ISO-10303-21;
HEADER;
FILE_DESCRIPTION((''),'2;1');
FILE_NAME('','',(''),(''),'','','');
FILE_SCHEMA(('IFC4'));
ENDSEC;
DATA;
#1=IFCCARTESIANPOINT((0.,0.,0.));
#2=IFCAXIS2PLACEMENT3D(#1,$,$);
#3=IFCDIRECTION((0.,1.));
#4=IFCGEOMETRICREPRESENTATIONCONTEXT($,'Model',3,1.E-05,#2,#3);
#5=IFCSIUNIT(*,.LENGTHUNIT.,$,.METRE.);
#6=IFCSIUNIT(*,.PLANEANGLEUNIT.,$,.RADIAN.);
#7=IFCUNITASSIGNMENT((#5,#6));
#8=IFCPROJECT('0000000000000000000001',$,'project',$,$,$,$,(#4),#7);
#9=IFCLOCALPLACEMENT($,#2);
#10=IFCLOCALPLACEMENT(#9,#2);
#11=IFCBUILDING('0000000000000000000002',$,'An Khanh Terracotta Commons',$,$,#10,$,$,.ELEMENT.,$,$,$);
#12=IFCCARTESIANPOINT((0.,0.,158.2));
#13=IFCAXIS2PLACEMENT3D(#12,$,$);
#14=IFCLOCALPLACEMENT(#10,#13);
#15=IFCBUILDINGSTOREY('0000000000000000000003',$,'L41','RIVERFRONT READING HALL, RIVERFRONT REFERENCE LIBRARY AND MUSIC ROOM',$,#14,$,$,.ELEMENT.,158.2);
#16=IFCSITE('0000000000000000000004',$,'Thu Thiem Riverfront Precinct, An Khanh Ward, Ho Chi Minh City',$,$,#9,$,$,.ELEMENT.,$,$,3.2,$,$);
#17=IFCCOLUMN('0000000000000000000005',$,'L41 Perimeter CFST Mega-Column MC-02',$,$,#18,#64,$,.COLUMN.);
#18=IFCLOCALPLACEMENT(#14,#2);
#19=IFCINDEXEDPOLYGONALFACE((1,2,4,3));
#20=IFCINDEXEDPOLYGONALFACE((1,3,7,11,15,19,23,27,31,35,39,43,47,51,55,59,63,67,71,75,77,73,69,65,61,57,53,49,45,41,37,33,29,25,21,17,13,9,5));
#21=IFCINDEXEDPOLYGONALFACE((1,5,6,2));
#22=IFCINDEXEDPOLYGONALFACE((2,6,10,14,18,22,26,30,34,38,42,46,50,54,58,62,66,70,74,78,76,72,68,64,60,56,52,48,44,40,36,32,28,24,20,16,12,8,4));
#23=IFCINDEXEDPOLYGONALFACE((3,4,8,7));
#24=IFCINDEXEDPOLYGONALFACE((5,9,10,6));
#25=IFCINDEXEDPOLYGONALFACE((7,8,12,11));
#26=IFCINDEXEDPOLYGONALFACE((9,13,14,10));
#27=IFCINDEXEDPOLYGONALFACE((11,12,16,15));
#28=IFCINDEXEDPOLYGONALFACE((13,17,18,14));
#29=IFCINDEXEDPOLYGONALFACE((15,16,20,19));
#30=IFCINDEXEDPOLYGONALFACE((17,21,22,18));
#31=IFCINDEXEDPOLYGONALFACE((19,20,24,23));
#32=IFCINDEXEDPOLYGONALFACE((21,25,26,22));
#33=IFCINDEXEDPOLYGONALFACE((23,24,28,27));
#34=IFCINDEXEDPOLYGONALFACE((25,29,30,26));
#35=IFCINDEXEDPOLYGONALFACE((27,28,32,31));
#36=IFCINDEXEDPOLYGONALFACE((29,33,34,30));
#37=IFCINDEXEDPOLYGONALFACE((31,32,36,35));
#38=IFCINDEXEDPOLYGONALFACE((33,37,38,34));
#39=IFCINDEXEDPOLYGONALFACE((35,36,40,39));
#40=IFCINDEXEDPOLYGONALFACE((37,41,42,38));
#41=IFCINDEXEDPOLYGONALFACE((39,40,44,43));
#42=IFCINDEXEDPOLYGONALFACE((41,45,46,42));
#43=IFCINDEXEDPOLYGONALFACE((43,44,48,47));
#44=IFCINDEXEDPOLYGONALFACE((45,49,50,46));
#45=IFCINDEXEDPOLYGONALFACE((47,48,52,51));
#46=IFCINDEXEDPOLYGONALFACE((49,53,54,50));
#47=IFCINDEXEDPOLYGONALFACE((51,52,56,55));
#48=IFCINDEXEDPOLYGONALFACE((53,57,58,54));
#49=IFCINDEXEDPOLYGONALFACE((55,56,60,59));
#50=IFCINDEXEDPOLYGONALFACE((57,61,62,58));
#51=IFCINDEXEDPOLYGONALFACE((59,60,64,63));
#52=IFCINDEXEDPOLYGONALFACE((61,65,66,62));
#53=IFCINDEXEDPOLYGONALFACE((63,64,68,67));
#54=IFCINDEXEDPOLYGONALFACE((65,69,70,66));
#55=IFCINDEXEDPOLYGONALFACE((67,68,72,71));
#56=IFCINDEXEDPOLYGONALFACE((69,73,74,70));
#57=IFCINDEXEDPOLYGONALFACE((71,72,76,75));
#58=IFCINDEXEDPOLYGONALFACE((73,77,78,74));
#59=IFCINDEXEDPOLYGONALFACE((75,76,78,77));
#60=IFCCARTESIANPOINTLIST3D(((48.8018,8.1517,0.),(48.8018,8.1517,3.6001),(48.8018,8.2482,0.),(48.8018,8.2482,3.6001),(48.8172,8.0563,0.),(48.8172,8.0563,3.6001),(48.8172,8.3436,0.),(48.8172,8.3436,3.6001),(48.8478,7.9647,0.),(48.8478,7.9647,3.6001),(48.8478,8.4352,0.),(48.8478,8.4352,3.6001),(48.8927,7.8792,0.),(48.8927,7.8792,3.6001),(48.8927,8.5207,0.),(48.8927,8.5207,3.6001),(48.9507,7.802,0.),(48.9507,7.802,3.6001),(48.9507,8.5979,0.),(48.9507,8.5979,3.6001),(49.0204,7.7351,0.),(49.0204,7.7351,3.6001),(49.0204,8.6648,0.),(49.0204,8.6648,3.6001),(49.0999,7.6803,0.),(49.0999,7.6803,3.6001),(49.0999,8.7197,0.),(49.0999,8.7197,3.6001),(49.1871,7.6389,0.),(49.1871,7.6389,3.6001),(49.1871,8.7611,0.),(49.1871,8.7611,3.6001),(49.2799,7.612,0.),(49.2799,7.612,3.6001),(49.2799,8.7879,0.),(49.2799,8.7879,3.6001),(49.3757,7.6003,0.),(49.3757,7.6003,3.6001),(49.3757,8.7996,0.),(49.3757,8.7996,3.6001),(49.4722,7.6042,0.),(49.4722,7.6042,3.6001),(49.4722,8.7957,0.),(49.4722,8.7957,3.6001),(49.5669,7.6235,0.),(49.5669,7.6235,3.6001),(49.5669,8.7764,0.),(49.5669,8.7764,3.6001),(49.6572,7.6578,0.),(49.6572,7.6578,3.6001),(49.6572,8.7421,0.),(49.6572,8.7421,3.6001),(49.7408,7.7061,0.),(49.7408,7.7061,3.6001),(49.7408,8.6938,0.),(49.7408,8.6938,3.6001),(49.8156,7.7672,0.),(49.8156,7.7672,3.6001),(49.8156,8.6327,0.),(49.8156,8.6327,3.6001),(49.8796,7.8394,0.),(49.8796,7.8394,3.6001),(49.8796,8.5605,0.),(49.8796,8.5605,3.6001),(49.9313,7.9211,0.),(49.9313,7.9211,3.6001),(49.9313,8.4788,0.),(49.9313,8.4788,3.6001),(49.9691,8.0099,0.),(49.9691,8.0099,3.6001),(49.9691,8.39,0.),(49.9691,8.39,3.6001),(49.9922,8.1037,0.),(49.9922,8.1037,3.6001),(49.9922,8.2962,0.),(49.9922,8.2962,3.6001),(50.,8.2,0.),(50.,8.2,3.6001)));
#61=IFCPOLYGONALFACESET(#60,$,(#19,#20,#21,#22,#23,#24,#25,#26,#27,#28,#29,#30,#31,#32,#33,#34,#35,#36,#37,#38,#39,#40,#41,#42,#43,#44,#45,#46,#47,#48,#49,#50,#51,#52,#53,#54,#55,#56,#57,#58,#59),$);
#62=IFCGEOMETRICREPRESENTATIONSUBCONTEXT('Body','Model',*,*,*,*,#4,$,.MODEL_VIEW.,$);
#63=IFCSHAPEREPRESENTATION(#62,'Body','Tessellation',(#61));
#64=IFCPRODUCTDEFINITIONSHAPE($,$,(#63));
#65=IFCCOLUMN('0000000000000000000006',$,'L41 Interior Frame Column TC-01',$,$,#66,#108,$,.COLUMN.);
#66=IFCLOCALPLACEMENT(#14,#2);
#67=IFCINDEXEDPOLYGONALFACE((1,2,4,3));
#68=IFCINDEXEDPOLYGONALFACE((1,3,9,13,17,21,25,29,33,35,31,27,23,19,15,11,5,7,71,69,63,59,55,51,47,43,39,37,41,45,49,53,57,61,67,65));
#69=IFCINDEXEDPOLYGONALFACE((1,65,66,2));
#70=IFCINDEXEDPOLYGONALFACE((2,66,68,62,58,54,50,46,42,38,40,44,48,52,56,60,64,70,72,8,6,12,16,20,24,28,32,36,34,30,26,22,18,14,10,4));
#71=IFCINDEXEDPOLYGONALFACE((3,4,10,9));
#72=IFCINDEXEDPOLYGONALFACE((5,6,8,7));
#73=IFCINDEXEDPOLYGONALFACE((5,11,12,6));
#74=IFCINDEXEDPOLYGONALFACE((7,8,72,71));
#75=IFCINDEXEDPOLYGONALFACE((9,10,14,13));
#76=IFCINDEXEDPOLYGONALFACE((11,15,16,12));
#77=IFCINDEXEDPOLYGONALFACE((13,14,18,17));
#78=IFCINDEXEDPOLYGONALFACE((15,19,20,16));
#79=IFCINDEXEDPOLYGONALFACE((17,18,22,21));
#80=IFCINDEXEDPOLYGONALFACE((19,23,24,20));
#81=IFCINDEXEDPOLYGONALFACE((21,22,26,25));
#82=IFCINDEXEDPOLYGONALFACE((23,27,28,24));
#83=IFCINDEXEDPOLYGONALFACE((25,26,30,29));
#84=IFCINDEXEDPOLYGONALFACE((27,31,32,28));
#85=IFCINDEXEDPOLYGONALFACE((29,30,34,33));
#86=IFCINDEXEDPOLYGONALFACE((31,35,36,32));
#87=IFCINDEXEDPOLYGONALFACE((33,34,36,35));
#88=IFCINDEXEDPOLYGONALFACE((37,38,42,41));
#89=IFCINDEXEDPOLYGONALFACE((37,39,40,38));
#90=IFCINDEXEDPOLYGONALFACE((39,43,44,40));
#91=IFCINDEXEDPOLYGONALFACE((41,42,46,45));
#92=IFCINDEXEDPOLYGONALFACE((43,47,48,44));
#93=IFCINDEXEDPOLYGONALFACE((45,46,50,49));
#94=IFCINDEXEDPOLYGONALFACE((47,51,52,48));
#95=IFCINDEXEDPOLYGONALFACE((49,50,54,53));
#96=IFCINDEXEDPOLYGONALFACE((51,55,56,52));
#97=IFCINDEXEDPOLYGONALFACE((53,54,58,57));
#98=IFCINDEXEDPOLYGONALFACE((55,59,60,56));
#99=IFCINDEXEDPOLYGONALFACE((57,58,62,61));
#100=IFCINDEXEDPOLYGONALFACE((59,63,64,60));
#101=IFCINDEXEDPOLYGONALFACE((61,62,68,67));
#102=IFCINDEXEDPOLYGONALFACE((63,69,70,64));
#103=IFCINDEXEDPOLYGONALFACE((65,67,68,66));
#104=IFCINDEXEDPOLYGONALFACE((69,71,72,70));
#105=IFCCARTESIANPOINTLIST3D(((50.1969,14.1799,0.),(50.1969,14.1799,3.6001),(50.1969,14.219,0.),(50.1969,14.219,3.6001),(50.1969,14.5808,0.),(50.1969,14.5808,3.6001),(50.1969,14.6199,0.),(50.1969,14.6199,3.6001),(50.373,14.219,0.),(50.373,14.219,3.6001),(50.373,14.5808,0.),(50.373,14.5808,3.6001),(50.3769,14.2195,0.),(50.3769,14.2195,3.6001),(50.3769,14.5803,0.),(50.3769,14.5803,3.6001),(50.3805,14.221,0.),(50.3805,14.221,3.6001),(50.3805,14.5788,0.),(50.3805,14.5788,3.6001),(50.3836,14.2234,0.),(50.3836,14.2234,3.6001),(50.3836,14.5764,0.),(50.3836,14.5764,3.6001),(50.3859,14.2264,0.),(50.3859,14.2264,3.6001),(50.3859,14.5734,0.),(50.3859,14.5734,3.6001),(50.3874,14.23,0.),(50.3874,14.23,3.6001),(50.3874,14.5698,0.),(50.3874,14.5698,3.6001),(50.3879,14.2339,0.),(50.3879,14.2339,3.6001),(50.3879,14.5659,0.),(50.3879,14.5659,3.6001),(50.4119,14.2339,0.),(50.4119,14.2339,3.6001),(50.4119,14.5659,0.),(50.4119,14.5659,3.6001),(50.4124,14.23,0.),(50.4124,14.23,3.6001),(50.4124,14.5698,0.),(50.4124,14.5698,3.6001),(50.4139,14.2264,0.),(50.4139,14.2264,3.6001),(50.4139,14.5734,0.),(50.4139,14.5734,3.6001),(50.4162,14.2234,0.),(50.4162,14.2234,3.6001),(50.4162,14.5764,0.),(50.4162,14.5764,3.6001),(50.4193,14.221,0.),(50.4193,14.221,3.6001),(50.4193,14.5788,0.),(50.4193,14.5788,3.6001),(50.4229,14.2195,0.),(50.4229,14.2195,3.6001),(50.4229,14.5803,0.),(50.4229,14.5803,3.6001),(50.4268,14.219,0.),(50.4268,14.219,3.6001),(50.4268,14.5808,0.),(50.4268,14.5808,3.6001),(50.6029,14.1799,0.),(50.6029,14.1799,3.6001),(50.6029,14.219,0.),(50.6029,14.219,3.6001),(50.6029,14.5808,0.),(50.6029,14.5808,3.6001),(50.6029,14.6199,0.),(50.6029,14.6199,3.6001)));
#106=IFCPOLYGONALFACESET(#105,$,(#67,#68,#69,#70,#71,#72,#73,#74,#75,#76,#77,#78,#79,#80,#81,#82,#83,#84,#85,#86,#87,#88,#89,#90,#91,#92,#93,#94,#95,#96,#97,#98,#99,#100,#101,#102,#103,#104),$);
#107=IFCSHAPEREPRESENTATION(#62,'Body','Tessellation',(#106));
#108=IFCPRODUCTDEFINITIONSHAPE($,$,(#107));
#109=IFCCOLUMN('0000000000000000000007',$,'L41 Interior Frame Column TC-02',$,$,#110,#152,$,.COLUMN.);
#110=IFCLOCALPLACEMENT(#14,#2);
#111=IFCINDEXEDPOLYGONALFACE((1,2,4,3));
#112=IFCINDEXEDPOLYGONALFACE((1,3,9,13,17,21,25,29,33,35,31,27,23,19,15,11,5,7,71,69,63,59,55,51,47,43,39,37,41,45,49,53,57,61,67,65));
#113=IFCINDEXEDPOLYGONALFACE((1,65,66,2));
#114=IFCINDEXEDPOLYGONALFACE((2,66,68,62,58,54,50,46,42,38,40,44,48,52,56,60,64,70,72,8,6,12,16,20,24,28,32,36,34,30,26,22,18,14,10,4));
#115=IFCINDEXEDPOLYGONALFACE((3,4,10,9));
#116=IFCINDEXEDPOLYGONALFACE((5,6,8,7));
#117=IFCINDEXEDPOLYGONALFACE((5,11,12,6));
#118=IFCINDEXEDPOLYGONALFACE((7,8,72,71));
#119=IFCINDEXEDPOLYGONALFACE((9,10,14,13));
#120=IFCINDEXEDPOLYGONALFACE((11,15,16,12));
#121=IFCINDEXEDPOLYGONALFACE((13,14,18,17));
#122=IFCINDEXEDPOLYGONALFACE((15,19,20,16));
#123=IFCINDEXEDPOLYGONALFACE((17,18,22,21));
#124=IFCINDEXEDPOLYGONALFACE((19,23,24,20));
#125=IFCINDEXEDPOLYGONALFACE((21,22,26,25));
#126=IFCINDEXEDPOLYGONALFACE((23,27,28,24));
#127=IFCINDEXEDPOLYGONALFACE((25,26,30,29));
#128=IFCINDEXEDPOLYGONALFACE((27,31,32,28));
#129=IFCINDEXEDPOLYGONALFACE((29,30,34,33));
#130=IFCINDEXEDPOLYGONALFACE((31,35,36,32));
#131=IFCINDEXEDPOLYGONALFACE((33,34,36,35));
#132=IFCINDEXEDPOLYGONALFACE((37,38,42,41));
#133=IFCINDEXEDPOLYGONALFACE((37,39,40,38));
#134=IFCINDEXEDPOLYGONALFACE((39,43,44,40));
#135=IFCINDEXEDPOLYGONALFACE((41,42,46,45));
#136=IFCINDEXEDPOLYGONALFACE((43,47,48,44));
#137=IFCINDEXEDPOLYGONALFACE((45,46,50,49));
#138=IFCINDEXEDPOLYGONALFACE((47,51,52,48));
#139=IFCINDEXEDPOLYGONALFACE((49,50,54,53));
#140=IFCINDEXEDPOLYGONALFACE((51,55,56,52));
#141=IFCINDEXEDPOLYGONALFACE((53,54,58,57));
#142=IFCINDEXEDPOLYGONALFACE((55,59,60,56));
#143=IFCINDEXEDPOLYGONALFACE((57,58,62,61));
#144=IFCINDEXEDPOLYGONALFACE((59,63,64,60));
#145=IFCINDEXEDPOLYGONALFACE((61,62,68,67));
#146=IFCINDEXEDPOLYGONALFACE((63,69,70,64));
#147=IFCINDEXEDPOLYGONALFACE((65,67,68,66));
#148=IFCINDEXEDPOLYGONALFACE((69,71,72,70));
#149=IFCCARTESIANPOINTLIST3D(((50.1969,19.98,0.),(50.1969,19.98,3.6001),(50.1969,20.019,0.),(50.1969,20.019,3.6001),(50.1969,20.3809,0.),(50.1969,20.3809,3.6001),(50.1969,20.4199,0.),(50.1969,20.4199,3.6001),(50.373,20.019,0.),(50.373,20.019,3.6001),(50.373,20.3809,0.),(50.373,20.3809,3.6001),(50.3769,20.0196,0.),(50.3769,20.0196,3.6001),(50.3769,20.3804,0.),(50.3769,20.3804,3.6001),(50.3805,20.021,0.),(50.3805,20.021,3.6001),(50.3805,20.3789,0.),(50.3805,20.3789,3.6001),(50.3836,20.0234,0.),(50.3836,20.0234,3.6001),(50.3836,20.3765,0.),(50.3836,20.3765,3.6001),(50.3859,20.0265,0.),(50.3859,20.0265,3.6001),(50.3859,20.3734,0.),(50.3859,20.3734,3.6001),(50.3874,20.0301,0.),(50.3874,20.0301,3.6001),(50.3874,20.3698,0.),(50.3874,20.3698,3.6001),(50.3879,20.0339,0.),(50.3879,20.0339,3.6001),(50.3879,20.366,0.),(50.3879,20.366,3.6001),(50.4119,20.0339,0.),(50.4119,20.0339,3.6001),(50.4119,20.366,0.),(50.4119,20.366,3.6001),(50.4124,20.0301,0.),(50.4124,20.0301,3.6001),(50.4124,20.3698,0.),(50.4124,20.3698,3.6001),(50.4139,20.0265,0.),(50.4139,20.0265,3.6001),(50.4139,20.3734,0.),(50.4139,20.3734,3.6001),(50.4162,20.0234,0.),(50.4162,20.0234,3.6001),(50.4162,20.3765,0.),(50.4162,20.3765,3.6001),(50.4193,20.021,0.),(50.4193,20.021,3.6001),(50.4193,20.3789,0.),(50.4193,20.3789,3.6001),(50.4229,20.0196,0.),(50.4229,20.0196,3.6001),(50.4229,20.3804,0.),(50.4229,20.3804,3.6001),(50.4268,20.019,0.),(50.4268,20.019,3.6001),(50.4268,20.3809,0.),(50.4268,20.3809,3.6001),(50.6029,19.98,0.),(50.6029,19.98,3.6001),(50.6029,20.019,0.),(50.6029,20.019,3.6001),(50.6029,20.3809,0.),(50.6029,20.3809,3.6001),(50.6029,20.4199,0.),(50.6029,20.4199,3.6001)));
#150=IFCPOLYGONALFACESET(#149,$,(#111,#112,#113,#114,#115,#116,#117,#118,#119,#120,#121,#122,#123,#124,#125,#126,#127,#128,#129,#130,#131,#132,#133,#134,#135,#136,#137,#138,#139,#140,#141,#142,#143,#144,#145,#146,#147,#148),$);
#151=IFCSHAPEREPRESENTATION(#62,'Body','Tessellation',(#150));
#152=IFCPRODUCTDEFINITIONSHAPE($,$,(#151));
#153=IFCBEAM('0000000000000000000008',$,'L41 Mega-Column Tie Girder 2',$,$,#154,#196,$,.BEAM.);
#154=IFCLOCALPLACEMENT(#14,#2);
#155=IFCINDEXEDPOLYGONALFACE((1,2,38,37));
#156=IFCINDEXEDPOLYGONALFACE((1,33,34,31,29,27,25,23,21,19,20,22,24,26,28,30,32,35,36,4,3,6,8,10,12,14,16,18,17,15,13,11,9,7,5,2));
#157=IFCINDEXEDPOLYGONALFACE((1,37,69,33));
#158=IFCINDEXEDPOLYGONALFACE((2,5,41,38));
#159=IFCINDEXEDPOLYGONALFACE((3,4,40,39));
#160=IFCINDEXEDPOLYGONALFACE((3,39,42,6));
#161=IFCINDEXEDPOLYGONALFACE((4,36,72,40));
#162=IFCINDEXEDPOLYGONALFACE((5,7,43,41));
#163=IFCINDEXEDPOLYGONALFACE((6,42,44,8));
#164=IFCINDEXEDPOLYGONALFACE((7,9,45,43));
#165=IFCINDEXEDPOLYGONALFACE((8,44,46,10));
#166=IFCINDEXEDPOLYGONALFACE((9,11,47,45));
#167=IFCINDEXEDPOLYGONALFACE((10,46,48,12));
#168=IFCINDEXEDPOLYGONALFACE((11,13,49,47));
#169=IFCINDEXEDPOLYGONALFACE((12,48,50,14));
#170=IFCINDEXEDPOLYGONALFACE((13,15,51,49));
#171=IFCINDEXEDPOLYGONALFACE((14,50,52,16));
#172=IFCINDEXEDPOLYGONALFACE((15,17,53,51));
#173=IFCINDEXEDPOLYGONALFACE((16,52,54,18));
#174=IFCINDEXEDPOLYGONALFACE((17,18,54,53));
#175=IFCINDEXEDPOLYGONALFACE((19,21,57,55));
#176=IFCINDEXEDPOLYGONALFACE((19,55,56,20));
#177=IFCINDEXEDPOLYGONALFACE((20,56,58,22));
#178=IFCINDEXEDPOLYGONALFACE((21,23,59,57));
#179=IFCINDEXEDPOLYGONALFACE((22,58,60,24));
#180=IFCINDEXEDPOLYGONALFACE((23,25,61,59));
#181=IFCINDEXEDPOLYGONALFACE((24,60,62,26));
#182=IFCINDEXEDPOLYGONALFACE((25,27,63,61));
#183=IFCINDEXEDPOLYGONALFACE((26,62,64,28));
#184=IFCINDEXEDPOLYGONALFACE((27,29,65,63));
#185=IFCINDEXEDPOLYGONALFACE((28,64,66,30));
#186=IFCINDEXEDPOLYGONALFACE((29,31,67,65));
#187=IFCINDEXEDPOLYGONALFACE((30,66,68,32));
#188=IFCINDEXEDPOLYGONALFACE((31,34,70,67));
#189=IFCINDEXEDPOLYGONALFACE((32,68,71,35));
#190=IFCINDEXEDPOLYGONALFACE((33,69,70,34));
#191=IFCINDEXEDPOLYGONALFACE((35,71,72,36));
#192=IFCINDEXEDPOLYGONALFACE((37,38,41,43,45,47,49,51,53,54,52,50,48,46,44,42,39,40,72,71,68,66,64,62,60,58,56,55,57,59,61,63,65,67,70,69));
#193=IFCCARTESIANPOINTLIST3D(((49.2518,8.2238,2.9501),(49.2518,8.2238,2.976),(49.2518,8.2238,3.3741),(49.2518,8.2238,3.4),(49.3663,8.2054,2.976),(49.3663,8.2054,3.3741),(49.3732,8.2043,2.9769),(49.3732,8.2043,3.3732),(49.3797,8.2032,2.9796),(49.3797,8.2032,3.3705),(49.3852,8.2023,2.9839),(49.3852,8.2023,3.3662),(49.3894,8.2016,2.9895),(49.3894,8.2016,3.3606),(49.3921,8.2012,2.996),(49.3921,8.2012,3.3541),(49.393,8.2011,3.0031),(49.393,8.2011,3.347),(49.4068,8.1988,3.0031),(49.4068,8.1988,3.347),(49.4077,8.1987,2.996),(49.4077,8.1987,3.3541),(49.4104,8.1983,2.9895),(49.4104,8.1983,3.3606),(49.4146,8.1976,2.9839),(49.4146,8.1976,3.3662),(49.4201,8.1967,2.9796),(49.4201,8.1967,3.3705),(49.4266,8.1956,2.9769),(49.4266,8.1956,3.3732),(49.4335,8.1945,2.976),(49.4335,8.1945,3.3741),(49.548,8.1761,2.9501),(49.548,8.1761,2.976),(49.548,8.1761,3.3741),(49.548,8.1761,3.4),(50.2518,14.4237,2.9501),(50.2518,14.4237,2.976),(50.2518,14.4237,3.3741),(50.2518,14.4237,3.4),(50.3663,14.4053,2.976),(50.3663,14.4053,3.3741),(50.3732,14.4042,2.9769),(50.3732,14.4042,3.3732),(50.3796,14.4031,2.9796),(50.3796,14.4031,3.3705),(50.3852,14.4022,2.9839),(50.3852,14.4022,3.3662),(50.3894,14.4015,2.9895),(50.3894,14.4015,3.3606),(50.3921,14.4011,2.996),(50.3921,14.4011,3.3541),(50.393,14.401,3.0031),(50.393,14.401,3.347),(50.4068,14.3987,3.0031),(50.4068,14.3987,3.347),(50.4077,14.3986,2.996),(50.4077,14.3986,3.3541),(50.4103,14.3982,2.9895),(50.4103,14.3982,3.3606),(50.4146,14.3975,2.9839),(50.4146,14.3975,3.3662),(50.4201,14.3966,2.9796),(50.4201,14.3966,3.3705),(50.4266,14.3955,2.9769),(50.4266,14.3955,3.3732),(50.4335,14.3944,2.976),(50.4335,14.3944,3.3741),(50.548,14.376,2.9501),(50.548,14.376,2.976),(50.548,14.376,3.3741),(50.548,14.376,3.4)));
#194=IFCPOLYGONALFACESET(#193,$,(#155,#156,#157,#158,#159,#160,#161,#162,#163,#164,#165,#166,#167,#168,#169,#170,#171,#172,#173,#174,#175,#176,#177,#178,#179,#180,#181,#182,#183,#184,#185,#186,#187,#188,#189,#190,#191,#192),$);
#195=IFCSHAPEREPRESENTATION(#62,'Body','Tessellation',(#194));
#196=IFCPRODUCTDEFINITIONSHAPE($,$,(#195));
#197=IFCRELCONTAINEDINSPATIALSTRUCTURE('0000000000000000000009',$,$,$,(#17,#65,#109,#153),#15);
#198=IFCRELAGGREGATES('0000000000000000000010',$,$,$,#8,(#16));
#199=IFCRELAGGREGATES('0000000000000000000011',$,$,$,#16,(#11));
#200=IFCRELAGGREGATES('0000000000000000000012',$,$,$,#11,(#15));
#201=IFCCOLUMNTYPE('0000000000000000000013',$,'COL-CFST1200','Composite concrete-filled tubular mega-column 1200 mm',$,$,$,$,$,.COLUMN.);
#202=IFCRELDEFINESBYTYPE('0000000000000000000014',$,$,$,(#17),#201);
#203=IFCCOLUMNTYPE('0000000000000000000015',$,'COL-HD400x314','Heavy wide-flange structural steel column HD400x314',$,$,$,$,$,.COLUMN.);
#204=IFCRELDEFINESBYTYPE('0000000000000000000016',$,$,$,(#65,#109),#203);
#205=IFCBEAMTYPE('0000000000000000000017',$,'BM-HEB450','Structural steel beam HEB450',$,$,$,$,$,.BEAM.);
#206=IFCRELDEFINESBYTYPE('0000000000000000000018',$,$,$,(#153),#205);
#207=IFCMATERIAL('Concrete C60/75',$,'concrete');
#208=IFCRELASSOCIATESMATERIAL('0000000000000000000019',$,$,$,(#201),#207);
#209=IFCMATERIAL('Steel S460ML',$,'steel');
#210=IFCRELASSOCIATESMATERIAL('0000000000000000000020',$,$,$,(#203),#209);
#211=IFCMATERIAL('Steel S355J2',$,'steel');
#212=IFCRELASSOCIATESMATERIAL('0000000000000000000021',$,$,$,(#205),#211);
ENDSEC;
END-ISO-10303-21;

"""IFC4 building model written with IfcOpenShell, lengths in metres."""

from ifc_helpers import new_model, si_unit, direction, frame, origin, origin_2d, place, context, subcontext, project, spatial, circle, i_section, extrude, material, material_profile, profile_set, type_object, element, save


model = new_model("IFC4")

# Units and contexts
model_context = context("Model", 3, precision=1e-05, world=origin(), true_north=direction((0.0, 1.0)))
body_context = subcontext(model_context, "Body", "Model", "MODEL_VIEW")
ifc_project = project(units=[si_unit("LENGTHUNIT", "METRE"), si_unit("PLANEANGLEUNIT", "RADIAN")], contexts=[model_context])

# Site, building, storey
site_placement = place(None, origin())
site = spatial("IfcSite", under=ifc_project, at=site_placement, Name="Thu Thiem Riverfront Precinct, An Khanh Ward, Ho Chi Minh City", CompositionType="ELEMENT", RefElevation=3.2)
building_placement = place(site_placement, origin())
building = spatial("IfcBuilding", under=site, at=building_placement, Name="An Khanh Terracotta Commons", CompositionType="ELEMENT")
storey_placement = place(building_placement, frame((0.0, 0.0, 158.2)))
storey = spatial("IfcBuildingStorey", under=building, at=storey_placement, Name="L41", Description="RIVERFRONT READING HALL, RIVERFRONT REFERENCE LIBRARY AND MUSIC ROOM", CompositionType="ELEMENT", Elevation=158.2)

# Columns
ifc_material_1 = material(Name="Concrete C60/75", Category="concrete")
ifc_material_profile_1 = material_profile(ifc_material_1, circle(Radius=0.6001, at=origin_2d()), Name="CFST1200")
ifc_profile_set_1 = profile_set([ifc_material_profile_1], Name="Concrete C60/75")
column_type_1 = type_object("IfcColumnType", Name="COL-CFST1200", Description="Composite concrete-filled tubular mega-column 1200 mm", PredefinedType="COLUMN", material=ifc_profile_set_1)
column_placement = place(storey_placement, frame((49.3999, 8.2, 0.0), z_axis=(0.0, 0.0, 1.0), x_axis=(1.0, 0.0, 0.0)))
element("IfcColumn", 1, at=column_placement, inside=storey, type_object=column_type_1, Name="L41 Perimeter CFST Mega-Column MC-02", PredefinedType="COLUMN", context=body_context, shape_type="SweptSolid", body=[
    extrude(circle(Radius=0.6001, at=origin_2d()), origin(), (0.0, 0.0, 1.0), 3.6001),
])
ifc_material_2 = material(Name="Steel S460ML", Category="steel")
ifc_material_profile_2 = material_profile(ifc_material_2, i_section(OverallWidth=0.406, OverallDepth=0.4399, WebThickness=0.0239, FlangeThickness=0.0391, FilletRadius=0.0149, at=origin_2d()), Name="HD400x314")
ifc_profile_set_2 = profile_set([ifc_material_profile_2], Name="Steel S460ML")
column_type_2 = type_object("IfcColumnType", Name="COL-HD400x314", Description="Heavy wide-flange structural steel column HD400x314", PredefinedType="COLUMN", material=ifc_profile_set_2)
for number, where, z_axis, x_axis, name in (
    (2, (50.3999, 14.3999, 0.0), (0.0, 0.0, 1.0), (1.0, 0.0, 0.0), "L41 Interior Frame Column TC-01"),
    (3, (50.3999, 20.2, 0.0), (0.0, 0.0, 1.0), (1.0, 0.0, 0.0), "L41 Interior Frame Column TC-02"),
):
    element("IfcColumn", number, at=place(storey_placement, frame(where, z_axis=z_axis, x_axis=x_axis)), inside=storey, type_object=column_type_2, Name=name, PredefinedType="COLUMN", context=body_context, shape_type="SweptSolid", body=[
        extrude(i_section(OverallWidth=0.406, OverallDepth=0.4399, WebThickness=0.0239, FlangeThickness=0.0391, FilletRadius=0.0149, at=origin_2d()), origin(), (0.0, 0.0, 1.0), 3.6001),
    ])

# Beam
ifc_material_3 = material(Name="Steel S355J2", Category="steel")
ifc_material_profile_3 = material_profile(ifc_material_3, i_section(OverallWidth=0.3, OverallDepth=0.45, WebThickness=0.0139, FlangeThickness=0.0259, FilletRadius=0.0271, at=origin_2d()), Name="HEB450")
ifc_profile_set_3 = profile_set([ifc_material_profile_3], Name="Steel S355J2")
beam_type_1 = type_object("IfcBeamType", Name="BM-HEB450", Description="Structural steel beam HEB450", PredefinedType="BEAM", material=ifc_profile_set_3)
beam_1_placement = place(storey_placement, frame((49.3999, 8.2, 3.175), z_axis=(0.159234, 0.987241, 0.0), x_axis=(-0.987241, 0.159234, 0.0)))
element("IfcBeam", 4, at=beam_1_placement, inside=storey, type_object=beam_type_1, Name="L41 Mega-Column Tie Girder 2", PredefinedType="BEAM", context=body_context, shape_type="SweptSolid", body=[
    extrude(i_section(OverallWidth=0.3, OverallDepth=0.45, WebThickness=0.0139, FlangeThickness=0.0259, FilletRadius=0.0271, at=origin_2d()), origin(), (0.0, 0.0, 1.0), 6.28),
])

save(model, "model.ifc")
